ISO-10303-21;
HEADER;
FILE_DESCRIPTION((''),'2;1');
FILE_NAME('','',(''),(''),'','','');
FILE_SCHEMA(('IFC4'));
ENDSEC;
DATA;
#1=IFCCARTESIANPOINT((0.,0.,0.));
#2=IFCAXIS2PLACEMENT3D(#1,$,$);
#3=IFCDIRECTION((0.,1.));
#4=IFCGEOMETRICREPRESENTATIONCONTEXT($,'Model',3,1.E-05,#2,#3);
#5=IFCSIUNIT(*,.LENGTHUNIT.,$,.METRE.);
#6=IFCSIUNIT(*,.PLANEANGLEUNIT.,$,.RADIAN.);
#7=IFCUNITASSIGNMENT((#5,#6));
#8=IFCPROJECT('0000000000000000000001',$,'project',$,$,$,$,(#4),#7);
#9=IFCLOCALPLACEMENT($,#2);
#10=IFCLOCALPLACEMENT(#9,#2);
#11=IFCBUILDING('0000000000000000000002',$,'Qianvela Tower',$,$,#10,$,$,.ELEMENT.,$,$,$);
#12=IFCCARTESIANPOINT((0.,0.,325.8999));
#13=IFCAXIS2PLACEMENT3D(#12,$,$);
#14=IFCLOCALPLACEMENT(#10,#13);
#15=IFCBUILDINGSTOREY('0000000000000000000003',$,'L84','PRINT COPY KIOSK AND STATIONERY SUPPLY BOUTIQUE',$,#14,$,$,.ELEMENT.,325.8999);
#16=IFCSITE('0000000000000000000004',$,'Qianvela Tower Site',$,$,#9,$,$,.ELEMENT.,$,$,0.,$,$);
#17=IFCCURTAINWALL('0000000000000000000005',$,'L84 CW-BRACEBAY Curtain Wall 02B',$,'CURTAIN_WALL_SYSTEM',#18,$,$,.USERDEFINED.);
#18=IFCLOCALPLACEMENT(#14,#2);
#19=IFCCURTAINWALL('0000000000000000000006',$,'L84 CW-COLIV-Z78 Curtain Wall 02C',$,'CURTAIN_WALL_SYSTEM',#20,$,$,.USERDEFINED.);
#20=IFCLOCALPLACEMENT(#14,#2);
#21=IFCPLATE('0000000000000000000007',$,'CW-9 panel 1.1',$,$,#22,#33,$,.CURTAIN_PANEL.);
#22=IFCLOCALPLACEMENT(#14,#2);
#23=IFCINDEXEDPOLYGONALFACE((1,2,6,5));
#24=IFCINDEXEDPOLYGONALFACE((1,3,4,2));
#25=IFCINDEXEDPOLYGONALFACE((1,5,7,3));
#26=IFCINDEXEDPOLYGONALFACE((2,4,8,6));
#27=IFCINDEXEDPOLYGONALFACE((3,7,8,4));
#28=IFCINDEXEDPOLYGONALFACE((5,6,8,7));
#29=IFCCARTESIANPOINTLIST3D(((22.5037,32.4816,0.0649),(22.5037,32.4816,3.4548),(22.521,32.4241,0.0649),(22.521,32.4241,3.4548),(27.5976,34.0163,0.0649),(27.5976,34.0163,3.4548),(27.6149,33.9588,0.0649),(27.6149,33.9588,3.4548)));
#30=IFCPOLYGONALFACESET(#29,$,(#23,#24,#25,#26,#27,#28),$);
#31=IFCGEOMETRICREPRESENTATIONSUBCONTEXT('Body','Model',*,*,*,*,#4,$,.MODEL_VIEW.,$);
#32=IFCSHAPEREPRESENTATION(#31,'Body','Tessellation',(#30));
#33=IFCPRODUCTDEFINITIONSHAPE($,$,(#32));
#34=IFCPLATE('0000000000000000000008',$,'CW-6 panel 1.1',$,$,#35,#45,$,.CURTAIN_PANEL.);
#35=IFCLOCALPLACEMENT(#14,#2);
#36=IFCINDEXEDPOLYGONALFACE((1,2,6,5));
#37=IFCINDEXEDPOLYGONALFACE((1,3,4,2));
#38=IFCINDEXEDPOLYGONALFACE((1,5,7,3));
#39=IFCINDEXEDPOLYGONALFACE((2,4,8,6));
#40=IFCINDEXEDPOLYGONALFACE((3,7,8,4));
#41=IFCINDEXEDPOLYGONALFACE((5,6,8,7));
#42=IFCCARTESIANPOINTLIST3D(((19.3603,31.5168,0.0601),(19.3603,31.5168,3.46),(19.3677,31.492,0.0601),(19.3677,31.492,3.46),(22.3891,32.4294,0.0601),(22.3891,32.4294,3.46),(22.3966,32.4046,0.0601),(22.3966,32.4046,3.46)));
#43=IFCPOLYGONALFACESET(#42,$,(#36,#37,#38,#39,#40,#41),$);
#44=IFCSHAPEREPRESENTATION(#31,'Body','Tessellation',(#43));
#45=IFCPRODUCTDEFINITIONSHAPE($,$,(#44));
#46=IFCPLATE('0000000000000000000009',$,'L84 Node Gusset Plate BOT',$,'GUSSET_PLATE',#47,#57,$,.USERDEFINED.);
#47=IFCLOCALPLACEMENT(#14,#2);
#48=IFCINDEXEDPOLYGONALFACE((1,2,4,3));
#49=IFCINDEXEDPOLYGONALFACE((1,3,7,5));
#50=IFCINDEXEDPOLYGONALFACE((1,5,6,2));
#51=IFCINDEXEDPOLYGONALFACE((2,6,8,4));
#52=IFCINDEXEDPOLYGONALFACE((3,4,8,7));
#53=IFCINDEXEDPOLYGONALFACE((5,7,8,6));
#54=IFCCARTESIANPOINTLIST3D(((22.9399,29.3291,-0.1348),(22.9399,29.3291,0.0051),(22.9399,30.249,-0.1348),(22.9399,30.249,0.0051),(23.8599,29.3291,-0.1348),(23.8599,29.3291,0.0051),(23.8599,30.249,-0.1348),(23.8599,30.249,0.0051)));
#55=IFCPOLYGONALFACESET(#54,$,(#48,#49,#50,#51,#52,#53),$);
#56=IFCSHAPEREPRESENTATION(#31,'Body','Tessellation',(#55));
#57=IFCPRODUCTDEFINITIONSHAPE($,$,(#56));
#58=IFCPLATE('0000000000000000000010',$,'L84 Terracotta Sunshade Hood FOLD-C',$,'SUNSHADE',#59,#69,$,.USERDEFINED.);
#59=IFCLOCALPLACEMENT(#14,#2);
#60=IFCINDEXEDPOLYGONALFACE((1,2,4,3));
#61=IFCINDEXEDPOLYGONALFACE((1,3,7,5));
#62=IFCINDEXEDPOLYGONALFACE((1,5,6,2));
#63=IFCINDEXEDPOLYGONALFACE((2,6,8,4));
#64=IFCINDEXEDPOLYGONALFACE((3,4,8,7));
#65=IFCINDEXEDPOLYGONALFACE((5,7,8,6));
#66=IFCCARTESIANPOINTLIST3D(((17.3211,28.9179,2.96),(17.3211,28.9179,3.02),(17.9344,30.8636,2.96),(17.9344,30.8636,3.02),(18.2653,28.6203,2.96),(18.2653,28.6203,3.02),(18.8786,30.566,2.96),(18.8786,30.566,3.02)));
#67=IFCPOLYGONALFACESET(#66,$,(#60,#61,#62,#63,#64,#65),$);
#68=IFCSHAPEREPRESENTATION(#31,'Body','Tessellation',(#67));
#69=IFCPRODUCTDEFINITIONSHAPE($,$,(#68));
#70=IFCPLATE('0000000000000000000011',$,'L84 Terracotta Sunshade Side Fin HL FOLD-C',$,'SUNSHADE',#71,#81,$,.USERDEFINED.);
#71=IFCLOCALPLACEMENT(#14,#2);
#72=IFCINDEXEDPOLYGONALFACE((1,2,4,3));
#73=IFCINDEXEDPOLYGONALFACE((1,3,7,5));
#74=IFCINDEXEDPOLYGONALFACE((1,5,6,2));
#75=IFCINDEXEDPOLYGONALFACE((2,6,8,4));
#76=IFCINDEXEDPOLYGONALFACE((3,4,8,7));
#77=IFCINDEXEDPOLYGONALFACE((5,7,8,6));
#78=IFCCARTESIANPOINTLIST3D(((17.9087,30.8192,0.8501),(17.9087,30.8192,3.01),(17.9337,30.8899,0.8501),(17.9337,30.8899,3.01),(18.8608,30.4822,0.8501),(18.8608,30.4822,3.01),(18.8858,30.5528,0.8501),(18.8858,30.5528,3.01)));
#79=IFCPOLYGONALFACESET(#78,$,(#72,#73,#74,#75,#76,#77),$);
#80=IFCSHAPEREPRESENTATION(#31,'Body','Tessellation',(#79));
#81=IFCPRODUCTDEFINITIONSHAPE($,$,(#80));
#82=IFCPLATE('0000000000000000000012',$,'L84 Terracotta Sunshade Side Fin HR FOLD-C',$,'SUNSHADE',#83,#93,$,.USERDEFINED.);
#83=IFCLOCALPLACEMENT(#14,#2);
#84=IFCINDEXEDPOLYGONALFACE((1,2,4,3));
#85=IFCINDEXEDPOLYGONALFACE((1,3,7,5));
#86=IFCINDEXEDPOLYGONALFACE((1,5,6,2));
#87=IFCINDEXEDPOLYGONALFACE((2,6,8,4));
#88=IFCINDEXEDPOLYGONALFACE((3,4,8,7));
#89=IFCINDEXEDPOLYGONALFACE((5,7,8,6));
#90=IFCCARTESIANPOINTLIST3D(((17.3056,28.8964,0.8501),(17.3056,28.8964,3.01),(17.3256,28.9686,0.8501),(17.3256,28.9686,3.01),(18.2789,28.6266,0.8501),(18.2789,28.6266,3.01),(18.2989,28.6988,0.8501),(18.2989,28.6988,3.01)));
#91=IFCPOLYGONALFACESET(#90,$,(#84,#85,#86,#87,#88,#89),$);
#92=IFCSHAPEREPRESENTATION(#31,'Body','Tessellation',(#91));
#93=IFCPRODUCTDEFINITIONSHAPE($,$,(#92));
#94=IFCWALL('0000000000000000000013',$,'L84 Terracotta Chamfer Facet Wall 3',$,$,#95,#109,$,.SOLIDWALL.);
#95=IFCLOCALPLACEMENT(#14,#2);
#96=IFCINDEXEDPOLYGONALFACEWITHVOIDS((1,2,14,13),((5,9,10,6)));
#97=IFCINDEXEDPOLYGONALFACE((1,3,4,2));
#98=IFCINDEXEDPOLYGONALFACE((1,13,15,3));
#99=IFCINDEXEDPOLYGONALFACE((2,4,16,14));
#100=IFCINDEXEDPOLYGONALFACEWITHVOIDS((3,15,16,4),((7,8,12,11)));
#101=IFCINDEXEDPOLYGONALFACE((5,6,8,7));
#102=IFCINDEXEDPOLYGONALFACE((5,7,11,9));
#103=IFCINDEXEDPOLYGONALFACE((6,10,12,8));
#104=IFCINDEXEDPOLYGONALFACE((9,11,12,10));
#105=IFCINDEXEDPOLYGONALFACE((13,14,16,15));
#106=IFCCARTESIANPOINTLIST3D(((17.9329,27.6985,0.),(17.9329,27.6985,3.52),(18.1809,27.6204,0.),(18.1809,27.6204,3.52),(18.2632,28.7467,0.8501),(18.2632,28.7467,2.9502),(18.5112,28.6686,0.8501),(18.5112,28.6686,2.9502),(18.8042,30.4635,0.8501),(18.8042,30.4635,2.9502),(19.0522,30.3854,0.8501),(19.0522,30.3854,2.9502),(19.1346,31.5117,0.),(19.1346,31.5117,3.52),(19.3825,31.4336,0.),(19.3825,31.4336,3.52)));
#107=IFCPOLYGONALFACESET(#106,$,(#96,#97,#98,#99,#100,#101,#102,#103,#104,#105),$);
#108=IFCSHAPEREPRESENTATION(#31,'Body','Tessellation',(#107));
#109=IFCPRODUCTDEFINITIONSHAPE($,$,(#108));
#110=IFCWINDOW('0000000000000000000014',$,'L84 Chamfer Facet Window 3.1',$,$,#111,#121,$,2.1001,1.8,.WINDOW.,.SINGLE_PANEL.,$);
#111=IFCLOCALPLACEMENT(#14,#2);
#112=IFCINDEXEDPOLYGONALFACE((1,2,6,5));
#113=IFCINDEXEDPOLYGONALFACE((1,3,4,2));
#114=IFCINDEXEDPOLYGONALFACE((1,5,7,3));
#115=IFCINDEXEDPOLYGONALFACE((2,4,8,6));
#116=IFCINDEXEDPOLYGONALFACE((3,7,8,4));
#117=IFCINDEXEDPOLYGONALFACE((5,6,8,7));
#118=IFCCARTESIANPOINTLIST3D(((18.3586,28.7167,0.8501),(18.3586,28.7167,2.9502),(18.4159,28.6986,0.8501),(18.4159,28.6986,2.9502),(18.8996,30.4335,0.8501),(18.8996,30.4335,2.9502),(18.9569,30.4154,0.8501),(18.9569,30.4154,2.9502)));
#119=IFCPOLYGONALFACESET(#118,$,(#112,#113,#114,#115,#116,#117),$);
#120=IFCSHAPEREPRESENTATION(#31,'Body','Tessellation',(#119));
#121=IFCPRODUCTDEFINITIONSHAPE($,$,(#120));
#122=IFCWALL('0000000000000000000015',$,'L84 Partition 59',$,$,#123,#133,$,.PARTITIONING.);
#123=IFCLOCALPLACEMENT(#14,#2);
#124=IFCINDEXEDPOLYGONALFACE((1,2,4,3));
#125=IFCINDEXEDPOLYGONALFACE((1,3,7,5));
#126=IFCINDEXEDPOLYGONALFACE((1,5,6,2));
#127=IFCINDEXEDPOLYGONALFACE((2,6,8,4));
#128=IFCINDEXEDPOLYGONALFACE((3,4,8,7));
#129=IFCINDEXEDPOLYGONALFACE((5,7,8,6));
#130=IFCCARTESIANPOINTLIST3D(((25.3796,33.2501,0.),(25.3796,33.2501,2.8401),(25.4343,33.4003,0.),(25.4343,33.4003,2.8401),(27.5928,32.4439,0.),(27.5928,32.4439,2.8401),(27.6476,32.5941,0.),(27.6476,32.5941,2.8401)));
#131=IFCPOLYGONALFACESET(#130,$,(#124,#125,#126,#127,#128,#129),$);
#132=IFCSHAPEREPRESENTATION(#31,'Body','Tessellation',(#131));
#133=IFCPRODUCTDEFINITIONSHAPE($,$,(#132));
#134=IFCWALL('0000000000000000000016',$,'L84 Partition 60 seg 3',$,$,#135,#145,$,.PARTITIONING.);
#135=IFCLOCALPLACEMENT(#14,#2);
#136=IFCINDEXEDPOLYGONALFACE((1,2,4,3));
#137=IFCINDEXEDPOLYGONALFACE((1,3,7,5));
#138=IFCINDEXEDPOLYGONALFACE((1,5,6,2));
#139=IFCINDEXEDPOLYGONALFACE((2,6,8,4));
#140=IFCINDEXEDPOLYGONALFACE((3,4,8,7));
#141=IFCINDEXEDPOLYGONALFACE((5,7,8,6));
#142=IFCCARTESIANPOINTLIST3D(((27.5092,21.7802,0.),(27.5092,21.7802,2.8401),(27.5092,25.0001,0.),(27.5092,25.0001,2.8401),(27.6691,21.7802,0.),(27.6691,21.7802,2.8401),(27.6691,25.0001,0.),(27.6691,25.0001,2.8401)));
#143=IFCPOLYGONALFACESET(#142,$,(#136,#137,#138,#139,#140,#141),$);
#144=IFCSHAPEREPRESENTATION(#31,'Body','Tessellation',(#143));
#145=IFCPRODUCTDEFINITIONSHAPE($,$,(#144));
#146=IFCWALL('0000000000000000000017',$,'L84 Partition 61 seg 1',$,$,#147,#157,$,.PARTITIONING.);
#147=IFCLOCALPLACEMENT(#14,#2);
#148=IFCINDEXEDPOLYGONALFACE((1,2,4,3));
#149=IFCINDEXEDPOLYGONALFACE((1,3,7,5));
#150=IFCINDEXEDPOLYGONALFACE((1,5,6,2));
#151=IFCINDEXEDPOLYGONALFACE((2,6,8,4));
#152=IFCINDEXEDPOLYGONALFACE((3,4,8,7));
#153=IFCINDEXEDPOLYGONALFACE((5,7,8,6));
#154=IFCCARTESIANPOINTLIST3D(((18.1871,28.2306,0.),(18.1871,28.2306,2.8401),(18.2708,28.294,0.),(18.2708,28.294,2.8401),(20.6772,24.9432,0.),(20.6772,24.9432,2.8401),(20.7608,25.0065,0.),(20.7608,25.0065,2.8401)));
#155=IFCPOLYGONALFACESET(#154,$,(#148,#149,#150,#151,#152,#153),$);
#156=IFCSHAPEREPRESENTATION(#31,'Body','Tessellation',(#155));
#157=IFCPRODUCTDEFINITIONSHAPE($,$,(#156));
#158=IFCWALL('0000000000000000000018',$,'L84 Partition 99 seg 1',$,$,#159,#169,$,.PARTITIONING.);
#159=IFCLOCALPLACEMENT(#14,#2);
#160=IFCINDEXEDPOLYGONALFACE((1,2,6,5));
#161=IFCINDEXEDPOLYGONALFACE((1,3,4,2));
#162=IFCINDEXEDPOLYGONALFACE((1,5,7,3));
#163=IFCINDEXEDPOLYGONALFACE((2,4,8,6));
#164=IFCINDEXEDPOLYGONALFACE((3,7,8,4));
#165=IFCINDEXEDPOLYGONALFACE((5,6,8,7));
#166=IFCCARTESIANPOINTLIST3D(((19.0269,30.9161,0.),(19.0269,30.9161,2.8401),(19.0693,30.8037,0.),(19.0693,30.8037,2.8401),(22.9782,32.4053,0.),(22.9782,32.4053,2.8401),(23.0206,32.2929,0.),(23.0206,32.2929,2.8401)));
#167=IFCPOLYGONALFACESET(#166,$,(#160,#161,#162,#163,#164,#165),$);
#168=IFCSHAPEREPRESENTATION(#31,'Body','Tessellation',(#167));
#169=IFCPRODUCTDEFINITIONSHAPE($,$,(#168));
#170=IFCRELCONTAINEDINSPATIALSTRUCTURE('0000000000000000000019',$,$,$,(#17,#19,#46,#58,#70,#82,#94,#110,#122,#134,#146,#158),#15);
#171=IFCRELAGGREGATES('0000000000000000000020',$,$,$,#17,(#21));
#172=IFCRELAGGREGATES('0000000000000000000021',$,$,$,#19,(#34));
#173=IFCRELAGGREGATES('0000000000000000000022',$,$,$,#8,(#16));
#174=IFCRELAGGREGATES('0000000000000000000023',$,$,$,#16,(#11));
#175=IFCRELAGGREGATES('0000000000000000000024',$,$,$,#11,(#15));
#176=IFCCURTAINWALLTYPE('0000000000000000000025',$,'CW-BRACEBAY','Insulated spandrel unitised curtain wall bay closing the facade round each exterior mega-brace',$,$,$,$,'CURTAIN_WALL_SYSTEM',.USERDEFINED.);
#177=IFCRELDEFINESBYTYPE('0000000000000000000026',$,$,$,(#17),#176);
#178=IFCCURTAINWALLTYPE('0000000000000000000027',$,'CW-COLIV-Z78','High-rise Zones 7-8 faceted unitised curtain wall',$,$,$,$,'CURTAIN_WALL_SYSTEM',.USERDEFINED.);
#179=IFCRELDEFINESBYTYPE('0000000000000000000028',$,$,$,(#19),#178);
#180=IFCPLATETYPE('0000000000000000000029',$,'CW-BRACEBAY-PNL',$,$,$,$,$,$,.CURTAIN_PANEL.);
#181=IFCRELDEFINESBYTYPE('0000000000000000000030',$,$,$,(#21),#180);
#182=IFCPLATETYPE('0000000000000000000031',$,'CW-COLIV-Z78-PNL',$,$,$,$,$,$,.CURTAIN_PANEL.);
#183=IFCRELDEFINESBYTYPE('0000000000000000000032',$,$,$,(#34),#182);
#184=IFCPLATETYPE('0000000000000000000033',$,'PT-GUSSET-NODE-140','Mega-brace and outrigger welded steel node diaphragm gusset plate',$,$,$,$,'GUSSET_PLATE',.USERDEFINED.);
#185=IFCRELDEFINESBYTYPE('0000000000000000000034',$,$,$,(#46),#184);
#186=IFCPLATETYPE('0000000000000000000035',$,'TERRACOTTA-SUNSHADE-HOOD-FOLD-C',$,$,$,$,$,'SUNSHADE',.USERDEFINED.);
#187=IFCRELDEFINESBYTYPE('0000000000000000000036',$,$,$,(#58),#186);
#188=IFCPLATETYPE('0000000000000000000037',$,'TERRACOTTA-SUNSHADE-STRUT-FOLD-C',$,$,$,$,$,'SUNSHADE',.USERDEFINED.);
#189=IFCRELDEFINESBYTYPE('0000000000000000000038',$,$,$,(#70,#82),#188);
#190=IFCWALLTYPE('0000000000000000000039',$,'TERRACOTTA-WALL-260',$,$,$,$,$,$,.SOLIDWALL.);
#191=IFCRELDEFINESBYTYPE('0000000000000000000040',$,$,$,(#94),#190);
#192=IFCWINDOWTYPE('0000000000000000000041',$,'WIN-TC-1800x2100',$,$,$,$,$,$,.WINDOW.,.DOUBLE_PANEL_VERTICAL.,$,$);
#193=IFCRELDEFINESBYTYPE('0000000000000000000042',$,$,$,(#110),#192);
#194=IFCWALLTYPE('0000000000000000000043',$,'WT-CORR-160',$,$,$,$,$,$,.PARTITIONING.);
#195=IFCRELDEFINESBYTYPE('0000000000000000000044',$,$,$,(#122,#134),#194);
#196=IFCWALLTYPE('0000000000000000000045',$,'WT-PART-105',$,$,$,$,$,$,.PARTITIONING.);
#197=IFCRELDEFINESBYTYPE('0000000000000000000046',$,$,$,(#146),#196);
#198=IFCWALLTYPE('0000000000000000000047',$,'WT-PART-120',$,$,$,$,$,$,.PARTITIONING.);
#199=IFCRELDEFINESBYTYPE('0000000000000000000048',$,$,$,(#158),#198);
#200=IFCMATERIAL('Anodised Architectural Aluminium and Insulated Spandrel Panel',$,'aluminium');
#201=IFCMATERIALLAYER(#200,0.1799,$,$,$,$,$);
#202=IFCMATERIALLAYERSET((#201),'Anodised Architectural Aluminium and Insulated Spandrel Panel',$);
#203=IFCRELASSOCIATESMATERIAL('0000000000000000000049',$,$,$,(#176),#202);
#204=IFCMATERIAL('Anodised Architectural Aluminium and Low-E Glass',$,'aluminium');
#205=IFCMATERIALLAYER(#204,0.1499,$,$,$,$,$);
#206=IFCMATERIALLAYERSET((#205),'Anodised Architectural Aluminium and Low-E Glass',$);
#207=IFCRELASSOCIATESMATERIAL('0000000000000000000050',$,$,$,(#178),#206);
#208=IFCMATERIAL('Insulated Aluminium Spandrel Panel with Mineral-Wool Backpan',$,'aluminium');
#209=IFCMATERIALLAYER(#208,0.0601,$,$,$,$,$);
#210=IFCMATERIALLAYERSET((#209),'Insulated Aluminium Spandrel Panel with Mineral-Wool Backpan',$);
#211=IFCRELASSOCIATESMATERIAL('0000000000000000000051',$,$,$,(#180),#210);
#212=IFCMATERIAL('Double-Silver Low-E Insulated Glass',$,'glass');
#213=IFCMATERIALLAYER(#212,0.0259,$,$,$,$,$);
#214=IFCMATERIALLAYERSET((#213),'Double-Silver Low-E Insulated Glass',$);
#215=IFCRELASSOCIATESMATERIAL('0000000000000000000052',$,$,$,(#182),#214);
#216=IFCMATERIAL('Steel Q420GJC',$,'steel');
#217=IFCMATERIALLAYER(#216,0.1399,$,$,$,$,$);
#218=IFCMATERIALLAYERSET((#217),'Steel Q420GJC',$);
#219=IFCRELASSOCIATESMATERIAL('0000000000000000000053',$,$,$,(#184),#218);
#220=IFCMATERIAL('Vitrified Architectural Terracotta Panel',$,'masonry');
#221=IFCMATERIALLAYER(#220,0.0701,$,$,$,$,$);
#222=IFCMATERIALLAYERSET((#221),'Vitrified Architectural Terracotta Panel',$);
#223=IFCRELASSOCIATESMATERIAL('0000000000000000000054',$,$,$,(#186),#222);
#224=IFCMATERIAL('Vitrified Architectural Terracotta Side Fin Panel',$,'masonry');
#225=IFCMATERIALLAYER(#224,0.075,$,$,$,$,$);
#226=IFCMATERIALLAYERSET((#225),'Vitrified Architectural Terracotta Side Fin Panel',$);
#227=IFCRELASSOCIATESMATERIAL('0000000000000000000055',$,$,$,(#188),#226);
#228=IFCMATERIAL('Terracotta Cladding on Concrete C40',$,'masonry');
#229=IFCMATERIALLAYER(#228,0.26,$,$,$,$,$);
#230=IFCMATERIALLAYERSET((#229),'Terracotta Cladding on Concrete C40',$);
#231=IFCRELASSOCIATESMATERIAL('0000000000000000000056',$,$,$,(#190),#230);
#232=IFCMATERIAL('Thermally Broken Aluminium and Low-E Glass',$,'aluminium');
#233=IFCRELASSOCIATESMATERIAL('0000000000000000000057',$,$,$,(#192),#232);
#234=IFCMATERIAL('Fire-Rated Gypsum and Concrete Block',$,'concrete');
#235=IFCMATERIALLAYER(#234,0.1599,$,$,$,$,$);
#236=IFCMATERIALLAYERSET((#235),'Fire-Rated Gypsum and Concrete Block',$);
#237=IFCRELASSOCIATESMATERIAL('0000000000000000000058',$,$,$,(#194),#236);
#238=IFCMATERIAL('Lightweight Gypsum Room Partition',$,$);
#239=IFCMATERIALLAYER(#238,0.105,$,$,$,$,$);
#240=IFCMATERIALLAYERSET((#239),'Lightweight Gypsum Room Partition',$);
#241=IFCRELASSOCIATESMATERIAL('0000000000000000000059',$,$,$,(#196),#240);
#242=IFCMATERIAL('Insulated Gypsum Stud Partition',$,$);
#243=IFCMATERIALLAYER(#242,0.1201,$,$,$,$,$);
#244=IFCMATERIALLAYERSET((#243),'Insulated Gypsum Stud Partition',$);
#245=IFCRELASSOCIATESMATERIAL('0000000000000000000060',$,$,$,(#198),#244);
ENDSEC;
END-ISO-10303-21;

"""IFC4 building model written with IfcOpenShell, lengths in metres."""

from ifc_helpers import new_model, si_unit, direction, frame, frame_2d, origin, origin_2d, place, context, subcontext, project, spatial, rectangle, extrude, material, layer, layer_set, type_object, element, fill, aggregate, save


model = new_model("IFC4")

# Units and contexts
model_context = context("Model", 3, precision=1e-05, world=origin(), true_north=direction((0.0, 1.0)))
body_context = subcontext(model_context, "Body", "Model", "MODEL_VIEW")
ifc_project = project(units=[si_unit("LENGTHUNIT", "METRE"), si_unit("PLANEANGLEUNIT", "RADIAN")], contexts=[model_context])

# Site, building, storey
site_placement = place(None, origin())
site = spatial("IfcSite", under=ifc_project, at=site_placement, Name="Qianvela Tower Site", CompositionType="ELEMENT", RefElevation=0.0)
building_placement = place(site_placement, origin())
building = spatial("IfcBuilding", under=site, at=building_placement, Name="Qianvela Tower", CompositionType="ELEMENT")
storey_placement = place(building_placement, frame((0.0, 0.0, 325.8999)))
storey = spatial("IfcBuildingStorey", under=building, at=storey_placement, Name="L84", Description="PRINT COPY KIOSK AND STATIONERY SUPPLY BOUTIQUE", CompositionType="ELEMENT", Elevation=325.8999)

# Curtain walls
ifc_material_1 = material(Name="Anodised Architectural Aluminium and Insulated Spandrel Panel", Category="aluminium")
ifc_layer_1 = layer(ifc_material_1, 0.1799)
ifc_layer_set_1 = layer_set([ifc_layer_1], Name="Anodised Architectural Aluminium and Insulated Spandrel Panel")
curtain_wall_type_1 = type_object("IfcCurtainWallType", Name="CW-BRACEBAY", Description="Insulated spandrel unitised curtain wall bay closing the facade round each exterior mega-brace", ElementType="CURTAIN_WALL_SYSTEM", PredefinedType="USERDEFINED", material=ifc_layer_set_1)
curtain_wall_1_placement = place(storey_placement, origin())
curtain_wall_1 = element("IfcCurtainWall", 1, at=curtain_wall_1_placement, inside=storey, type_object=curtain_wall_type_1, Name="L84 CW-BRACEBAY Curtain Wall 02B", ObjectType="CURTAIN_WALL_SYSTEM", PredefinedType="USERDEFINED")
ifc_material_2 = material(Name="Anodised Architectural Aluminium and Low-E Glass", Category="aluminium")
ifc_layer_2 = layer(ifc_material_2, 0.1499)
ifc_layer_set_2 = layer_set([ifc_layer_2], Name="Anodised Architectural Aluminium and Low-E Glass")
curtain_wall_type_2 = type_object("IfcCurtainWallType", Name="CW-COLIV-Z78", Description="High-rise Zones 7-8 faceted unitised curtain wall", ElementType="CURTAIN_WALL_SYSTEM", PredefinedType="USERDEFINED", material=ifc_layer_set_2)
curtain_wall_2_placement = place(storey_placement, origin())
curtain_wall_2 = element("IfcCurtainWall", 2, at=curtain_wall_2_placement, inside=storey, type_object=curtain_wall_type_2, Name="L84 CW-COLIV-Z78 Curtain Wall 02C", ObjectType="CURTAIN_WALL_SYSTEM", PredefinedType="USERDEFINED")

# Plates
ifc_material_3 = material(Name="Insulated Aluminium Spandrel Panel with Mineral-Wool Backpan", Category="aluminium")
ifc_layer_3 = layer(ifc_material_3, 0.0601)
ifc_layer_set_3 = layer_set([ifc_layer_3], Name="Insulated Aluminium Spandrel Panel with Mineral-Wool Backpan")
plate_type_1 = type_object("IfcPlateType", Name="CW-BRACEBAY-PNL", PredefinedType="CURTAIN_PANEL", material=ifc_layer_set_3)
plate_1_placement = place(storey_placement, frame((25.0593, 33.2202, 0.0649), z_axis=(0.0, 0.0, 1.0), x_axis=(-0.957487, -0.288477, 0.0)))
plate_1 = element("IfcPlate", 3, at=plate_1_placement, type_object=plate_type_1, Name="CW-9 panel 1.1", PredefinedType="CURTAIN_PANEL", context=body_context, shape_type="SweptSolid", body=[
    extrude(rectangle(XDim=5.3201, YDim=0.0601, at=origin_2d()), origin(), (0.0, 0.0, 1.0), 3.3899),
])
aggregate(curtain_wall_1, [plate_1])
ifc_material_4 = material(Name="Double-Silver Low-E Insulated Glass", Category="glass")
ifc_layer_4 = layer(ifc_material_4, 0.0259)
ifc_layer_set_4 = layer_set([ifc_layer_4], Name="Double-Silver Low-E Insulated Glass")
plate_type_2 = type_object("IfcPlateType", Name="CW-COLIV-Z78-PNL", PredefinedType="CURTAIN_PANEL", material=ifc_layer_set_4)
plate_2_placement = place(storey_placement, frame((20.8784, 31.9607, 0.0601), z_axis=(0.0, 0.0, 1.0), x_axis=(-0.957483, -0.288491, 0.0)))
plate_2 = element("IfcPlate", 4, at=plate_2_placement, type_object=plate_type_2, Name="CW-6 panel 1.1", PredefinedType="CURTAIN_PANEL", context=body_context, shape_type="SweptSolid", body=[
    extrude(rectangle(XDim=3.1633, YDim=0.0259, at=origin_2d()), origin(), (0.0, 0.0, 1.0), 3.3999),
])
aggregate(curtain_wall_2, [plate_2])

# Plates
ifc_material_5 = material(Name="Steel Q420GJC", Category="steel")
ifc_layer_5 = layer(ifc_material_5, 0.1399)
ifc_layer_set_5 = layer_set([ifc_layer_5], Name="Steel Q420GJC")
plate_type_3 = type_object("IfcPlateType", Name="PT-GUSSET-NODE-140", Description="Mega-brace and outrigger welded steel node diaphragm gusset plate", ElementType="GUSSET_PLATE", PredefinedType="USERDEFINED", material=ifc_layer_set_5)
plate_3_placement = place(storey_placement, frame((23.3999, 29.7891, -0.1348), z_axis=(0.0, 0.0, 1.0), x_axis=(1.0, 0.0, 0.0)))
element("IfcPlate", 5, at=plate_3_placement, inside=storey, type_object=plate_type_3, Name="L84 Node Gusset Plate BOT", ObjectType="GUSSET_PLATE", PredefinedType="USERDEFINED", context=body_context, shape_type="SweptSolid", body=[
    extrude(rectangle(XDim=0.9199, YDim=0.9199, at=origin_2d()), origin(), (0.0, 0.0, 1.0), 0.1399),
])
ifc_material_6 = material(Name="Vitrified Architectural Terracotta Panel", Category="masonry")
ifc_layer_6 = layer(ifc_material_6, 0.0701)
ifc_layer_set_6 = layer_set([ifc_layer_6], Name="Vitrified Architectural Terracotta Panel")
plate_type_4 = type_object("IfcPlateType", Name="TERRACOTTA-SUNSHADE-HOOD-FOLD-C", ElementType="SUNSHADE", PredefinedType="USERDEFINED", material=ifc_layer_set_6)
plate_4_placement = place(storey_placement, frame((18.0999, 29.7419, 2.96), z_axis=(0.0, 0.0, 1.0), x_axis=(-0.300599, -0.953751, 0.0)))
element("IfcPlate", 6, at=plate_4_placement, inside=storey, type_object=plate_type_4, Name="L84 Terracotta Sunshade Hood FOLD-C", ObjectType="SUNSHADE", PredefinedType="USERDEFINED", context=body_context, shape_type="SweptSolid", body=[
    extrude(rectangle(XDim=2.04, YDim=0.99, at=origin_2d()), origin(), (0.0, 0.0, 1.0), 0.0601),
])
ifc_material_7 = material(Name="Vitrified Architectural Terracotta Side Fin Panel", Category="masonry")
ifc_layer_7 = layer(ifc_material_7, 0.075)
ifc_layer_set_7 = layer_set([ifc_layer_7], Name="Vitrified Architectural Terracotta Side Fin Panel")
plate_type_5 = type_object("IfcPlateType", Name="TERRACOTTA-SUNSHADE-STRUT-FOLD-C", ElementType="SUNSHADE", PredefinedType="USERDEFINED", material=ifc_layer_set_7)
for number, where, z_axis, x_axis, name in (
    (7, (18.3972, 30.686, 0.8501), (0.0, 0.0, 1.0), (-0.333702, -0.942679, 0.0), "L84 Terracotta Sunshade Side Fin HL FOLD-C"),
    (8, (17.8022, 28.7976, 0.8501), (0.0, 0.0, 1.0), (-0.267131, -0.96366, 0.0), "L84 Terracotta Sunshade Side Fin HR FOLD-C"),
):
    element("IfcPlate", number, at=place(storey_placement, frame(where, z_axis=z_axis, x_axis=x_axis)), inside=storey, type_object=plate_type_5, Name=name, ObjectType="SUNSHADE", PredefinedType="USERDEFINED", context=body_context, shape_type="SweptSolid", body=[
        extrude(rectangle(XDim=0.075, YDim=1.01, at=origin_2d()), origin(), (0.0, 0.0, 1.0), 2.1599),
    ])

# Wall, opening, window
ifc_material_8 = material(Name="Terracotta Cladding on Concrete C40", Category="masonry")
ifc_layer_8 = layer(ifc_material_8, 0.26)
ifc_layer_set_8 = layer_set([ifc_layer_8], Name="Terracotta Cladding on Concrete C40")
wall_type_1 = type_object("IfcWallType", Name="TERRACOTTA-WALL-260", PredefinedType="SOLIDWALL", material=ifc_layer_set_8)
wall_1_placement = place(storey_placement, frame((19.2585, 31.4727, 0.0), z_axis=(0.0, 0.0, 1.0), x_axis=(-0.300559, -0.953763, 0.0)))
wall_1 = element("IfcWall", 9, at=wall_1_placement, inside=storey, type_object=wall_type_1, Name="L84 Terracotta Chamfer Facet Wall 3", PredefinedType="SOLIDWALL", context=body_context, shape_type="SweptSolid", body=[
    extrude(rectangle(XDim=3.998, YDim=0.26, at=frame_2d((1.999, 0.0))), origin(), (0.0, 0.0, 1.0), 3.52),
])
opening_placement = place(wall_1_placement, frame((1.0991, 0.0, 0.8501)))
opening = element("IfcOpeningElement", 10, at=opening_placement, cuts=wall_1, PredefinedType="OPENING", context=body_context, shape_type="SweptSolid", body=[
    extrude(rectangle(XDim=1.8, YDim=2.1001, at=frame_2d((0.8999, 1.05))), frame((0.0, 0.1399, 0.0), z_axis=(0.0, -1.0, 0.0), x_axis=(1.0, 0.0, 0.0)), (0.0, 0.0, 1.0), 0.28),
])
ifc_material_9 = material(Name="Thermally Broken Aluminium and Low-E Glass", Category="aluminium")
window_type = type_object("IfcWindowType", Name="WIN-TC-1800x2100", PartitioningType="DOUBLE_PANEL_VERTICAL", PredefinedType="WINDOW", material=ifc_material_9)
window_placement = place(opening_placement, origin())
window = element("IfcWindow", 11, at=window_placement, inside=storey, type_object=window_type, Name="L84 Chamfer Facet Window 3.1", OverallHeight=2.1001, OverallWidth=1.8, PartitioningType="SINGLE_PANEL", PredefinedType="WINDOW", context=body_context, shape_type="SweptSolid", body=[
    extrude(rectangle(XDim=1.8, YDim=2.1001, at=frame_2d((0.8999, 1.05))), frame((0.0, 0.03, 0.0), z_axis=(0.0, -1.0, 0.0), x_axis=(1.0, 0.0, 0.0)), (0.0, 0.0, 1.0), 0.0601),
])
fill(opening, window)

# Walls
ifc_material_10 = material(Name="Fire-Rated Gypsum and Concrete Block", Category="concrete")
ifc_layer_9 = layer(ifc_material_10, 0.1599)
ifc_layer_set_9 = layer_set([ifc_layer_9], Name="Fire-Rated Gypsum and Concrete Block")
wall_type_2 = type_object("IfcWallType", Name="WT-CORR-160", PredefinedType="PARTITIONING", material=ifc_layer_set_9)
wall_2_placement = place(storey_placement, frame((25.407, 33.3252, 0.0), z_axis=(0.0, 0.0, 1.0), x_axis=(0.939606, -0.342259, 0.0)))
element("IfcWall", 12, at=wall_2_placement, inside=storey, type_object=wall_type_2, Name="L84 Partition 59", PredefinedType="PARTITIONING", context=body_context, shape_type="SweptSolid", body=[
    extrude(rectangle(XDim=2.3555, YDim=0.1599, at=frame_2d((1.1777, 0.0))), origin(), (0.0, 0.0, 1.0), 2.8401),
])
wall_3_placement = place(storey_placement, frame((27.5891, 25.0, 0.0), z_axis=(0.0, 0.0, 1.0), x_axis=(0.0, -1.0, 0.0)))
element("IfcWall", 13, at=wall_3_placement, inside=storey, type_object=wall_type_2, Name="L84 Partition 60 seg 3", PredefinedType="PARTITIONING", context=body_context, shape_type="SweptSolid", body=[
    extrude(rectangle(XDim=3.22, YDim=0.1599, at=frame_2d((1.6099, 0.0))), origin(), (0.0, 0.0, 1.0), 2.8401),
])
ifc_material_11 = material(Name="Lightweight Gypsum Room Partition")
ifc_layer_10 = layer(ifc_material_11, 0.105)
ifc_layer_set_10 = layer_set([ifc_layer_10], Name="Lightweight Gypsum Room Partition")
wall_type_3 = type_object("IfcWallType", Name="WT-PART-105", PredefinedType="PARTITIONING", material=ifc_layer_set_10)
wall_4_placement = place(storey_placement, frame((20.719, 24.9749, 0.0), z_axis=(0.0, 0.0, 1.0), x_axis=(-0.603792, 0.797142, 0.0)))
element("IfcWall", 14, at=wall_4_placement, inside=storey, type_object=wall_type_3, Name="L84 Partition 61 seg 1", PredefinedType="PARTITIONING", context=body_context, shape_type="SweptSolid", body=[
    extrude(rectangle(XDim=4.124, YDim=0.105, at=frame_2d((2.062, 0.0))), origin(), (0.0, 0.0, 1.0), 2.8401),
])
ifc_material_12 = material(Name="Insulated Gypsum Stud Partition")
ifc_layer_11 = layer(ifc_material_12, 0.1201)
ifc_layer_set_11 = layer_set([ifc_layer_11], Name="Insulated Gypsum Stud Partition")
wall_type_4 = type_object("IfcWallType", Name="WT-PART-120", PredefinedType="PARTITIONING", material=ifc_layer_set_11)
wall_5_placement = place(storey_placement, frame((19.0481, 30.8599, 0.0), z_axis=(0.0, 0.0, 1.0), x_axis=(0.935746, 0.352675, 0.0)))
element("IfcWall", 15, at=wall_5_placement, inside=storey, type_object=wall_type_4, Name="L84 Partition 99 seg 1", PredefinedType="PARTITIONING", context=body_context, shape_type="SweptSolid", body=[
    extrude(rectangle(XDim=4.2227, YDim=0.1201, at=frame_2d((2.1113, 0.0))), origin(), (0.0, 0.0, 1.0), 2.8401),
])

save(model, "model.ifc")
